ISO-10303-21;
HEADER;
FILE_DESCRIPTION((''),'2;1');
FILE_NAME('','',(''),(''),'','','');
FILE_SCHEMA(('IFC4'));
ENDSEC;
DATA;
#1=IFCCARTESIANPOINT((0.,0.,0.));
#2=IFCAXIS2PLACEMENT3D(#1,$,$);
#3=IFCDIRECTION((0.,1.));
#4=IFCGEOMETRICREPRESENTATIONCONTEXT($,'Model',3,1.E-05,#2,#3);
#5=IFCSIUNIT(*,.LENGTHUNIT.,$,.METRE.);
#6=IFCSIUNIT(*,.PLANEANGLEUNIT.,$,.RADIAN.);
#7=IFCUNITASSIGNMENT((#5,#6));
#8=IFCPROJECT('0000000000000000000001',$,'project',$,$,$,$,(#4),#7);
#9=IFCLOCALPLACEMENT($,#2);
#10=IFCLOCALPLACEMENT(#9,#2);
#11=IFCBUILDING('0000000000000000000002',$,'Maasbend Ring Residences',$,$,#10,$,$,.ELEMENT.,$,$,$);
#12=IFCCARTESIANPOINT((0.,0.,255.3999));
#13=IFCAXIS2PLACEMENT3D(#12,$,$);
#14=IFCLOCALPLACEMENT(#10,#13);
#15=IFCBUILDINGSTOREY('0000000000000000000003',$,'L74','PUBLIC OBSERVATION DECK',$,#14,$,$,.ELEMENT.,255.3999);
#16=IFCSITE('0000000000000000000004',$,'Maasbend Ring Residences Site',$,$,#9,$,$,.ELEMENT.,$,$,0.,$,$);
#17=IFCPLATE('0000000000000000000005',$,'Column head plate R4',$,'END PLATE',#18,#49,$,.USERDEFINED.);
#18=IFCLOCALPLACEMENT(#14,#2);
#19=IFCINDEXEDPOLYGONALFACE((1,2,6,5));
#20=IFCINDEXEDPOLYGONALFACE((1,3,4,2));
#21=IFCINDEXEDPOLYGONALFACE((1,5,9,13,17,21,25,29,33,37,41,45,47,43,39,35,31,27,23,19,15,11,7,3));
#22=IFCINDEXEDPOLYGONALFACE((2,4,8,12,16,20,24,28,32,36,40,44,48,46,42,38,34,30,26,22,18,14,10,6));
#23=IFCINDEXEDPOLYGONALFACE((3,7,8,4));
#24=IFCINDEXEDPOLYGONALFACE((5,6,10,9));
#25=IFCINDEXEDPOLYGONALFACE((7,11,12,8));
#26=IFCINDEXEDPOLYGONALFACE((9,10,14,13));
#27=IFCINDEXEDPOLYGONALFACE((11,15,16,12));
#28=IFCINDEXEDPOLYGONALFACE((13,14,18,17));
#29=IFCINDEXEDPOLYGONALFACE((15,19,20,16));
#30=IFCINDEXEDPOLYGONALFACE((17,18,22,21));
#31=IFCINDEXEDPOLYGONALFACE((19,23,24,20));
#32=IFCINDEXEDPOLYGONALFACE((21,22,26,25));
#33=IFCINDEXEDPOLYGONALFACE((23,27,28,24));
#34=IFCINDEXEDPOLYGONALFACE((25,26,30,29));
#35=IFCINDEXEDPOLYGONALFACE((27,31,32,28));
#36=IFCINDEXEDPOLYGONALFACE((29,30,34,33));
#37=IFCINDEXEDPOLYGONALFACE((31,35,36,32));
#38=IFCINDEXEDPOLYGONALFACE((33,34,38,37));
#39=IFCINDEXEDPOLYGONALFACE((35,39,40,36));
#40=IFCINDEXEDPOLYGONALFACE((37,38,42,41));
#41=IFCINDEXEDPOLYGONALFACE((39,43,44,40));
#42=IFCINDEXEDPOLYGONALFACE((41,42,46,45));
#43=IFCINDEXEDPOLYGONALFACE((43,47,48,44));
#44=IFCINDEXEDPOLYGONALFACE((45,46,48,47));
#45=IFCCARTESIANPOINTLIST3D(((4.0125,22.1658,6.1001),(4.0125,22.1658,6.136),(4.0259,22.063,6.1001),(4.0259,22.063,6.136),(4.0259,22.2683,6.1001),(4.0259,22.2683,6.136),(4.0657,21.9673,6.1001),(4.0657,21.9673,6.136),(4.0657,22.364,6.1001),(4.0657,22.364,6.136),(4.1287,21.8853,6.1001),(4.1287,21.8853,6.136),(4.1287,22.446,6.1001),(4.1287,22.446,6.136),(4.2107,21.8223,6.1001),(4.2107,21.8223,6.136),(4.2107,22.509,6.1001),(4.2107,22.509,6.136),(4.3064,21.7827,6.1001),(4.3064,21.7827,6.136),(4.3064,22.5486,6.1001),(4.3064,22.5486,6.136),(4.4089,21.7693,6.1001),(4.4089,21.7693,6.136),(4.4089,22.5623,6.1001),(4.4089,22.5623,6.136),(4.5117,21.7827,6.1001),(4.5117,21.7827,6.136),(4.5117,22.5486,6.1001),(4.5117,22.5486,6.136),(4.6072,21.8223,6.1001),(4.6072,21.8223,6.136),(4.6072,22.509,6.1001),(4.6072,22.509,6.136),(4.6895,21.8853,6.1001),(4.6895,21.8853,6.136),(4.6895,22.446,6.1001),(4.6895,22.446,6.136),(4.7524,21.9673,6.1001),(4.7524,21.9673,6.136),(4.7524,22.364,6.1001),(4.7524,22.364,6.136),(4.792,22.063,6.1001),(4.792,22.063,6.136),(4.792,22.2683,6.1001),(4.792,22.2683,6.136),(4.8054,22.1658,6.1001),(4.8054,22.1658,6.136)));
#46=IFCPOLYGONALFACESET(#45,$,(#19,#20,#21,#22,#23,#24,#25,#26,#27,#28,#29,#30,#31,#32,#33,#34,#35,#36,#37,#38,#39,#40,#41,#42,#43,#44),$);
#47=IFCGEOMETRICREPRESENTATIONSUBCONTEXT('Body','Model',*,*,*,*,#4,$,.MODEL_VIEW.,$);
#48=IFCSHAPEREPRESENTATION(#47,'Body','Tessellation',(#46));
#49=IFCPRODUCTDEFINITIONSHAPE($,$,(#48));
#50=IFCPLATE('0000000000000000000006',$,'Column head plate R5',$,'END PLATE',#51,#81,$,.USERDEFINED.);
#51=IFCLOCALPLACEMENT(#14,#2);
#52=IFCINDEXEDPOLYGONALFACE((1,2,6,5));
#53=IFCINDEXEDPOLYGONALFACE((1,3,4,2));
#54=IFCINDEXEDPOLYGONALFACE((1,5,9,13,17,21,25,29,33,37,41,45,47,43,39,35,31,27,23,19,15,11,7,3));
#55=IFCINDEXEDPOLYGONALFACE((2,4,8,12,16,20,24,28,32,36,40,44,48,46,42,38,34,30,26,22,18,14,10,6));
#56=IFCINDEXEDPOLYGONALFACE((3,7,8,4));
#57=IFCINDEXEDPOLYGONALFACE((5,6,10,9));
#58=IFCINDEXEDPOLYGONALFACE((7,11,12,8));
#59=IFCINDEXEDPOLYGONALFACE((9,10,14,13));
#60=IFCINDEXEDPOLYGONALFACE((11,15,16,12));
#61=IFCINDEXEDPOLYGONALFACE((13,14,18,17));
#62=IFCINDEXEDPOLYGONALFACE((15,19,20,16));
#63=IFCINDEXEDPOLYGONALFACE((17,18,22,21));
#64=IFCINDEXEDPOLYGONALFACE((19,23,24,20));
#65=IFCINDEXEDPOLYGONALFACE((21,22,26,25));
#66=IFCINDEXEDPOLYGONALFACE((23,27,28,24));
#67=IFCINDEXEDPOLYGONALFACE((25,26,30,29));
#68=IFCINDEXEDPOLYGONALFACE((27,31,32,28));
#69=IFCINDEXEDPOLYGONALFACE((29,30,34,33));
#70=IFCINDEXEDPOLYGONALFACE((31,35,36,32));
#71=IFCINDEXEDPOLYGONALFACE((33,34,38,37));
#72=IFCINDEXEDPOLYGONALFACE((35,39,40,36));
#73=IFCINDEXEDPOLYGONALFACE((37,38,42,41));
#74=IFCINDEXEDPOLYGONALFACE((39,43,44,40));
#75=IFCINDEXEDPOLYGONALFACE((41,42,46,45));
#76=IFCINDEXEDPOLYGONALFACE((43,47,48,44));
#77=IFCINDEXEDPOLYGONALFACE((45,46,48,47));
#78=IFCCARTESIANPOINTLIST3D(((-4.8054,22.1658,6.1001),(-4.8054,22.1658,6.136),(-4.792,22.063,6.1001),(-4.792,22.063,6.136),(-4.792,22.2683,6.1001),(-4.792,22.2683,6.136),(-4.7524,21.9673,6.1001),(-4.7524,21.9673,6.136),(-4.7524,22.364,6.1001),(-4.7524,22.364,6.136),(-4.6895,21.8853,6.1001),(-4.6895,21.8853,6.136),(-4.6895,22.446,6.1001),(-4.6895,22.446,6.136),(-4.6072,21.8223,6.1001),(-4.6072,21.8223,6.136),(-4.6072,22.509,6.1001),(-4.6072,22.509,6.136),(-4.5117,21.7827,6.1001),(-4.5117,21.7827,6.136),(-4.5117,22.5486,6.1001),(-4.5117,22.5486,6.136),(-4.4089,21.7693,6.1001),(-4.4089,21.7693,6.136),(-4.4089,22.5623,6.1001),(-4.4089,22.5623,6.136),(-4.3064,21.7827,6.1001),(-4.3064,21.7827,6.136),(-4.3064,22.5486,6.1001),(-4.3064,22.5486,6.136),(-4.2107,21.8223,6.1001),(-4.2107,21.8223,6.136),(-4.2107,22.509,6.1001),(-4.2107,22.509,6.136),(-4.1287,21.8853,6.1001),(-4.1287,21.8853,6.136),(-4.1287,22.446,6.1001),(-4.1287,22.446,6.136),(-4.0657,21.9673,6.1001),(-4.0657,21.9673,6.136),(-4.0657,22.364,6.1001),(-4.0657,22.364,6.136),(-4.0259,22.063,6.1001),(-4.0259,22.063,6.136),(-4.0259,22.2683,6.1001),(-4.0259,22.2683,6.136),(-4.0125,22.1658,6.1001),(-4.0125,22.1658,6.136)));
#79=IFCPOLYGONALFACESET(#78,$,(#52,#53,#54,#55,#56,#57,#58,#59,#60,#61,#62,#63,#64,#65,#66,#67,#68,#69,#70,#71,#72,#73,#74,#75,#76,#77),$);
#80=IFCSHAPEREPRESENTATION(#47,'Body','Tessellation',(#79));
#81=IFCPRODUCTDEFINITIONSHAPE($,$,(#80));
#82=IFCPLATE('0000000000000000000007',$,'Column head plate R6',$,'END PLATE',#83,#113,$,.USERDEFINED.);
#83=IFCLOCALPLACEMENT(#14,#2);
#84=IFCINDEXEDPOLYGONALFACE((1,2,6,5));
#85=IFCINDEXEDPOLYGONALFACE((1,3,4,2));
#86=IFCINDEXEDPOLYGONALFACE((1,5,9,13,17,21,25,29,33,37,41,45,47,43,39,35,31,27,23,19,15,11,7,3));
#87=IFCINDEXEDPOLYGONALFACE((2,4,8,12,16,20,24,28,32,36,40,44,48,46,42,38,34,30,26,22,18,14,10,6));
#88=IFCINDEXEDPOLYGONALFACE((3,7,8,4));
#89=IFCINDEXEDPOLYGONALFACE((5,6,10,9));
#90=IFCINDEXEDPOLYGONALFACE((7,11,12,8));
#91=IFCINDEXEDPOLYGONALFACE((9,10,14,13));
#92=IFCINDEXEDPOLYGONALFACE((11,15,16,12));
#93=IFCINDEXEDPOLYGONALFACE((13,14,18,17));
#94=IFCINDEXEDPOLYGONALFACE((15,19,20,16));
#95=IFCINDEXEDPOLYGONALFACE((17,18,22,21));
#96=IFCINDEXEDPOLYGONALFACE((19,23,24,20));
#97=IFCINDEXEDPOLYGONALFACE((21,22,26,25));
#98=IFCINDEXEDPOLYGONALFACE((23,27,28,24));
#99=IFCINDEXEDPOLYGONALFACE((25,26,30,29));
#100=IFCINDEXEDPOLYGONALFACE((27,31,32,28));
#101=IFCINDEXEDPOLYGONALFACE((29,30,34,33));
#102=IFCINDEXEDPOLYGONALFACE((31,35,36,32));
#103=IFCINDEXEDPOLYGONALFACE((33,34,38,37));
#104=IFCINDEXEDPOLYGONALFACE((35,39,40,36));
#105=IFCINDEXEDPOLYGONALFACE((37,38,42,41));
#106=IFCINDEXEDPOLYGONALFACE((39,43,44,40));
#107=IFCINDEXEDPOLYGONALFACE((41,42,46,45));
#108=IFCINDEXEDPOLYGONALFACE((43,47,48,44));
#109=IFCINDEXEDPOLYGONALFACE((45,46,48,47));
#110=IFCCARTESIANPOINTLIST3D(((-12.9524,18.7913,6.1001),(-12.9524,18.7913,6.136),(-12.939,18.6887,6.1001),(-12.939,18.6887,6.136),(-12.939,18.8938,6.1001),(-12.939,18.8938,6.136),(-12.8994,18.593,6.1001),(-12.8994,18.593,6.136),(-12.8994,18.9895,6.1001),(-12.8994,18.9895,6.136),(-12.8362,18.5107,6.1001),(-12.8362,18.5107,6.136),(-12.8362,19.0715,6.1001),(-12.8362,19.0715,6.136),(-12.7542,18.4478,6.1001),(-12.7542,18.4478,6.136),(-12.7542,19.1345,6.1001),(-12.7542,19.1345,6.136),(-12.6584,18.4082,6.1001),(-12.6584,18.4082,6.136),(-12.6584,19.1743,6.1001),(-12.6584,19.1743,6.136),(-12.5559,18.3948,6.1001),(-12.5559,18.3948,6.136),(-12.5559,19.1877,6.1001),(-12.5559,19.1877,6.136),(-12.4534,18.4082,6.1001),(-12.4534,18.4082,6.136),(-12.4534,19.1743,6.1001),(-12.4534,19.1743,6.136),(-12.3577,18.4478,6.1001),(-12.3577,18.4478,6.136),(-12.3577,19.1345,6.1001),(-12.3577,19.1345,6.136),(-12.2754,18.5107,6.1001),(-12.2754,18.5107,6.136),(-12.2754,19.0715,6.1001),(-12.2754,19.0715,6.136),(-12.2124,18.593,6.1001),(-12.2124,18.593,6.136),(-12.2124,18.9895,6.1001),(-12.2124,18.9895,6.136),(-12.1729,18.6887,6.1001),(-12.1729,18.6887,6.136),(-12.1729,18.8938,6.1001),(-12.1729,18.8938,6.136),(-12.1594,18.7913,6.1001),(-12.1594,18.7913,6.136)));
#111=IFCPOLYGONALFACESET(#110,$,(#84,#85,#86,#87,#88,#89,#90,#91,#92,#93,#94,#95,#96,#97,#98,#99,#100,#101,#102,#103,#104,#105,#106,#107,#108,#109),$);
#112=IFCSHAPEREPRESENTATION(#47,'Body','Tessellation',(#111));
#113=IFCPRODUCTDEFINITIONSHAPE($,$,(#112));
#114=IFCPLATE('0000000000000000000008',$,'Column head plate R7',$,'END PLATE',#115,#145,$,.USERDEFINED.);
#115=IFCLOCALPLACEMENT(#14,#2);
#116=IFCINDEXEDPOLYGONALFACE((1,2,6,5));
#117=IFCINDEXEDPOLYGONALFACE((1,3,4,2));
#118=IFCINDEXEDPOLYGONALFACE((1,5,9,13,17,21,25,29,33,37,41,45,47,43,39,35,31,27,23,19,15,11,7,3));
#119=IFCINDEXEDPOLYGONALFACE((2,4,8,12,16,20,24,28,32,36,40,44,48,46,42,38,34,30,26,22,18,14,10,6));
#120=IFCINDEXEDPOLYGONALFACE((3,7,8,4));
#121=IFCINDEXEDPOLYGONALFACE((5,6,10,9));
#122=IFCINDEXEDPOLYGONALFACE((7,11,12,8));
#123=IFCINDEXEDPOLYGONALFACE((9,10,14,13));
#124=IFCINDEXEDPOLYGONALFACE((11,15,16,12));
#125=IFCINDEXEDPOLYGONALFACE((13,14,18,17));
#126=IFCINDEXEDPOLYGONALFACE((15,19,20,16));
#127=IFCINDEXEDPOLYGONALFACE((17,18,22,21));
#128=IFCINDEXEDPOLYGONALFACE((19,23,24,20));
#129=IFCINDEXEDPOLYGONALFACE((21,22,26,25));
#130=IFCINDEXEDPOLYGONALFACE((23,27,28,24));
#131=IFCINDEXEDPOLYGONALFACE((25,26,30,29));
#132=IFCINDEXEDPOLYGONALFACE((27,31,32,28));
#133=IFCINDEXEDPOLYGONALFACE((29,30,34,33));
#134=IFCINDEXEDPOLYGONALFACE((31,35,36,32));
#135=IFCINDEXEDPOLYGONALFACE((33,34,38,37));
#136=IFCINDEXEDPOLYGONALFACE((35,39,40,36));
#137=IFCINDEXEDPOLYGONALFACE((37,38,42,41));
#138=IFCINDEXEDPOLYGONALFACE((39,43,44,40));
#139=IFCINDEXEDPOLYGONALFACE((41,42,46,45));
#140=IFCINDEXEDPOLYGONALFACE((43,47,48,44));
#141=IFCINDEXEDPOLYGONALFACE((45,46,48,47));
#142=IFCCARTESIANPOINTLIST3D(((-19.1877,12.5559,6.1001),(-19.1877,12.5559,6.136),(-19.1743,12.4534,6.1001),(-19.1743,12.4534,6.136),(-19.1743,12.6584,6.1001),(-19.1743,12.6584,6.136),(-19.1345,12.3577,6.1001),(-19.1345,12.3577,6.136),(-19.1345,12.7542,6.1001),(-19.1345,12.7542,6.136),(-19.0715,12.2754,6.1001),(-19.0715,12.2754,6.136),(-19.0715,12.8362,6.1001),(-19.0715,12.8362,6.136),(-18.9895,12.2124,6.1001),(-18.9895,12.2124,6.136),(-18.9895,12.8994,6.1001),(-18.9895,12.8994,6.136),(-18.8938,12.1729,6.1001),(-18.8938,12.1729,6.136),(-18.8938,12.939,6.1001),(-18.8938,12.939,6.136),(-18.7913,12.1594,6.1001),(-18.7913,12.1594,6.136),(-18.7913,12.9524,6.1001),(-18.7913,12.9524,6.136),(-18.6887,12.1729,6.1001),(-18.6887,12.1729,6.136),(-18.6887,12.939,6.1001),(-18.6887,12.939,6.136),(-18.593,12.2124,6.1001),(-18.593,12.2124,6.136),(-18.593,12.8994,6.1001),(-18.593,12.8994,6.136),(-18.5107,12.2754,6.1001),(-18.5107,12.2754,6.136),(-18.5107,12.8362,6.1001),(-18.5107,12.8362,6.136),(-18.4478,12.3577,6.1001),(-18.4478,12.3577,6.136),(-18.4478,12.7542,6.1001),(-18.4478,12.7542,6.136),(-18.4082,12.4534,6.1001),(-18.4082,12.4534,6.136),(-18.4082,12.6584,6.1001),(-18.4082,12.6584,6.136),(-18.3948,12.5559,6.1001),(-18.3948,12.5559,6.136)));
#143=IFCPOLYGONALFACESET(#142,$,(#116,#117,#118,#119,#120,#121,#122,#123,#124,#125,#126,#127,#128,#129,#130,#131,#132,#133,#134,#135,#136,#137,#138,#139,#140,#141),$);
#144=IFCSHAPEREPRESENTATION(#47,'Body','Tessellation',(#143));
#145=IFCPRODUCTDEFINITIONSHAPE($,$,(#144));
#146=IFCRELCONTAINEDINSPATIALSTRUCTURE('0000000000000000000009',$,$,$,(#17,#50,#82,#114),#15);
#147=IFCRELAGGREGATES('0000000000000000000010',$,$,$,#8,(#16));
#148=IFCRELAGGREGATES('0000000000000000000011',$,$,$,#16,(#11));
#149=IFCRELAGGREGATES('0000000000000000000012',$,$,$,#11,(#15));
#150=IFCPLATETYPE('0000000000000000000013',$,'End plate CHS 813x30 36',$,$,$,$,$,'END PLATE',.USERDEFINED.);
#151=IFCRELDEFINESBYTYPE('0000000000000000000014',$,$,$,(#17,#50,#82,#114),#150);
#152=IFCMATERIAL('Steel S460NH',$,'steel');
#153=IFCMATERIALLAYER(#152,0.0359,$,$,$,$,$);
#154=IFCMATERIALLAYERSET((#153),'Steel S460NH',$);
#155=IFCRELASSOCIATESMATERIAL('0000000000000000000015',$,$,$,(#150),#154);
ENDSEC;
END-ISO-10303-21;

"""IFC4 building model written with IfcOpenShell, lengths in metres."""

from ifc_helpers import new_model, si_unit, direction, frame, origin, place, context, subcontext, project, spatial, polyline, outline, extrude, material, layer, layer_set, type_object, element, save


model = new_model("IFC4")

# Units and contexts
model_context = context("Model", 3, precision=1e-05, world=origin(), true_north=direction((0.0, 1.0)))
body_context = subcontext(model_context, "Body", "Model", "MODEL_VIEW")
ifc_project = project(units=[si_unit("LENGTHUNIT", "METRE"), si_unit("PLANEANGLEUNIT", "RADIAN")], contexts=[model_context])

# Site, building, storey
site_placement = place(None, origin())
site = spatial("IfcSite", under=ifc_project, at=site_placement, Name="Maasbend Ring Residences Site", CompositionType="ELEMENT", RefElevation=0.0)
building_placement = place(site_placement, origin())
building = spatial("IfcBuilding", under=site, at=building_placement, Name="Maasbend Ring Residences", CompositionType="ELEMENT")
storey_placement = place(building_placement, frame((0.0, 0.0, 255.3999)))
storey = spatial("IfcBuildingStorey", under=building, at=storey_placement, Name="L74", Description="PUBLIC OBSERVATION DECK", CompositionType="ELEMENT", Elevation=255.3999)

# Plates
ifc_material_1 = material(Name="Steel S460NH", Category="steel")
ifc_layer_1 = layer(ifc_material_1, 0.0359)
ifc_layer_set_1 = layer_set([ifc_layer_1], Name="Steel S460NH")
plate_type = type_object("IfcPlateType", Name="End plate CHS 813x30 36", ElementType="END PLATE", PredefinedType="USERDEFINED", material=ifc_layer_set_1)
plate_1_placement = place(storey_placement, frame((0.0, 0.0, 6.1001)))
element("IfcPlate", 1, at=plate_1_placement, inside=storey, type_object=plate_type, Name="Column head plate R4", ObjectType="END PLATE", PredefinedType="USERDEFINED", context=body_context, shape_type="SweptSolid", body=[
    extrude(outline(polyline([(4.8054, 22.1658), (4.792, 22.2683), (4.7524, 22.364), (4.6895, 22.446), (4.6072, 22.509), (4.5117, 22.5486), (4.4089, 22.5623), (4.3064, 22.5486), (4.2107, 22.509), (4.1287, 22.446), (4.0657, 22.364), (4.0259, 22.2683), (4.0125, 22.1658), (4.0259, 22.063), (4.0657, 21.9673), (4.1287, 21.8853), (4.2107, 21.8223), (4.3064, 21.7827), (4.4089, 21.7693), (4.5117, 21.7827), (4.6072, 21.8223), (4.6895, 21.8853), (4.7524, 21.9673), (4.792, 22.063), (4.8054, 22.1658)])), origin(), (0.0, 0.0, 1.0), 0.0359),
])
plate_2_placement = place(storey_placement, frame((0.0, 0.0, 6.1001)))
element("IfcPlate", 2, at=plate_2_placement, inside=storey, type_object=plate_type, Name="Column head plate R5", ObjectType="END PLATE", PredefinedType="USERDEFINED", context=body_context, shape_type="SweptSolid", body=[
    extrude(outline(polyline([(-4.0125, 22.1658), (-4.0259, 22.2683), (-4.0657, 22.364), (-4.1287, 22.446), (-4.2107, 22.509), (-4.3064, 22.5486), (-4.4089, 22.5623), (-4.5117, 22.5486), (-4.6072, 22.509), (-4.6895, 22.446), (-4.7524, 22.364), (-4.792, 22.2683), (-4.8054, 22.1658), (-4.792, 22.063), (-4.7524, 21.9673), (-4.6895, 21.8853), (-4.6072, 21.8223), (-4.5117, 21.7827), (-4.4089, 21.7693), (-4.3064, 21.7827), (-4.2107, 21.8223), (-4.1287, 21.8853), (-4.0657, 21.9673), (-4.0259, 22.063), (-4.0125, 22.1658)])), origin(), (0.0, 0.0, 1.0), 0.0359),
])
plate_3_placement = place(storey_placement, frame((0.0, 0.0, 6.1001)))
element("IfcPlate", 3, at=plate_3_placement, inside=storey, type_object=plate_type, Name="Column head plate R6", ObjectType="END PLATE", PredefinedType="USERDEFINED", context=body_context, shape_type="SweptSolid", body=[
    extrude(outline(polyline([(-12.1594, 18.7913), (-12.1729, 18.8938), (-12.2124, 18.9895), (-12.2754, 19.0715), (-12.3577, 19.1345), (-12.4534, 19.1743), (-12.5559, 19.1877), (-12.6584, 19.1743), (-12.7542, 19.1345), (-12.8362, 19.0715), (-12.8994, 18.9895), (-12.939, 18.8938), (-12.9524, 18.7913), (-12.939, 18.6887), (-12.8994, 18.593), (-12.8362, 18.5107), (-12.7542, 18.4478), (-12.6584, 18.4082), (-12.5559, 18.3948), (-12.4534, 18.4082), (-12.3577, 18.4478), (-12.2754, 18.5107), (-12.2124, 18.593), (-12.1729, 18.6887), (-12.1594, 18.7913)])), origin(), (0.0, 0.0, 1.0), 0.0359),
])
plate_4_placement = place(storey_placement, frame((0.0, 0.0, 6.1001)))
element("IfcPlate", 4, at=plate_4_placement, inside=storey, type_object=plate_type, Name="Column head plate R7", ObjectType="END PLATE", PredefinedType="USERDEFINED", context=body_context, shape_type="SweptSolid", body=[
    extrude(outline(polyline([(-18.3948, 12.5559), (-18.4082, 12.6584), (-18.4478, 12.7542), (-18.5107, 12.8362), (-18.593, 12.8994), (-18.6887, 12.939), (-18.7913, 12.9524), (-18.8938, 12.939), (-18.9895, 12.8994), (-19.0715, 12.8362), (-19.1345, 12.7542), (-19.1743, 12.6584), (-19.1877, 12.5559), (-19.1743, 12.4534), (-19.1345, 12.3577), (-19.0715, 12.2754), (-18.9895, 12.2124), (-18.8938, 12.1729), (-18.7913, 12.1594), (-18.6887, 12.1729), (-18.593, 12.2124), (-18.5107, 12.2754), (-18.4478, 12.3577), (-18.4082, 12.4534), (-18.3948, 12.5559)])), origin(), (0.0, 0.0, 1.0), 0.0359),
])

save(model, "model.ifc")
